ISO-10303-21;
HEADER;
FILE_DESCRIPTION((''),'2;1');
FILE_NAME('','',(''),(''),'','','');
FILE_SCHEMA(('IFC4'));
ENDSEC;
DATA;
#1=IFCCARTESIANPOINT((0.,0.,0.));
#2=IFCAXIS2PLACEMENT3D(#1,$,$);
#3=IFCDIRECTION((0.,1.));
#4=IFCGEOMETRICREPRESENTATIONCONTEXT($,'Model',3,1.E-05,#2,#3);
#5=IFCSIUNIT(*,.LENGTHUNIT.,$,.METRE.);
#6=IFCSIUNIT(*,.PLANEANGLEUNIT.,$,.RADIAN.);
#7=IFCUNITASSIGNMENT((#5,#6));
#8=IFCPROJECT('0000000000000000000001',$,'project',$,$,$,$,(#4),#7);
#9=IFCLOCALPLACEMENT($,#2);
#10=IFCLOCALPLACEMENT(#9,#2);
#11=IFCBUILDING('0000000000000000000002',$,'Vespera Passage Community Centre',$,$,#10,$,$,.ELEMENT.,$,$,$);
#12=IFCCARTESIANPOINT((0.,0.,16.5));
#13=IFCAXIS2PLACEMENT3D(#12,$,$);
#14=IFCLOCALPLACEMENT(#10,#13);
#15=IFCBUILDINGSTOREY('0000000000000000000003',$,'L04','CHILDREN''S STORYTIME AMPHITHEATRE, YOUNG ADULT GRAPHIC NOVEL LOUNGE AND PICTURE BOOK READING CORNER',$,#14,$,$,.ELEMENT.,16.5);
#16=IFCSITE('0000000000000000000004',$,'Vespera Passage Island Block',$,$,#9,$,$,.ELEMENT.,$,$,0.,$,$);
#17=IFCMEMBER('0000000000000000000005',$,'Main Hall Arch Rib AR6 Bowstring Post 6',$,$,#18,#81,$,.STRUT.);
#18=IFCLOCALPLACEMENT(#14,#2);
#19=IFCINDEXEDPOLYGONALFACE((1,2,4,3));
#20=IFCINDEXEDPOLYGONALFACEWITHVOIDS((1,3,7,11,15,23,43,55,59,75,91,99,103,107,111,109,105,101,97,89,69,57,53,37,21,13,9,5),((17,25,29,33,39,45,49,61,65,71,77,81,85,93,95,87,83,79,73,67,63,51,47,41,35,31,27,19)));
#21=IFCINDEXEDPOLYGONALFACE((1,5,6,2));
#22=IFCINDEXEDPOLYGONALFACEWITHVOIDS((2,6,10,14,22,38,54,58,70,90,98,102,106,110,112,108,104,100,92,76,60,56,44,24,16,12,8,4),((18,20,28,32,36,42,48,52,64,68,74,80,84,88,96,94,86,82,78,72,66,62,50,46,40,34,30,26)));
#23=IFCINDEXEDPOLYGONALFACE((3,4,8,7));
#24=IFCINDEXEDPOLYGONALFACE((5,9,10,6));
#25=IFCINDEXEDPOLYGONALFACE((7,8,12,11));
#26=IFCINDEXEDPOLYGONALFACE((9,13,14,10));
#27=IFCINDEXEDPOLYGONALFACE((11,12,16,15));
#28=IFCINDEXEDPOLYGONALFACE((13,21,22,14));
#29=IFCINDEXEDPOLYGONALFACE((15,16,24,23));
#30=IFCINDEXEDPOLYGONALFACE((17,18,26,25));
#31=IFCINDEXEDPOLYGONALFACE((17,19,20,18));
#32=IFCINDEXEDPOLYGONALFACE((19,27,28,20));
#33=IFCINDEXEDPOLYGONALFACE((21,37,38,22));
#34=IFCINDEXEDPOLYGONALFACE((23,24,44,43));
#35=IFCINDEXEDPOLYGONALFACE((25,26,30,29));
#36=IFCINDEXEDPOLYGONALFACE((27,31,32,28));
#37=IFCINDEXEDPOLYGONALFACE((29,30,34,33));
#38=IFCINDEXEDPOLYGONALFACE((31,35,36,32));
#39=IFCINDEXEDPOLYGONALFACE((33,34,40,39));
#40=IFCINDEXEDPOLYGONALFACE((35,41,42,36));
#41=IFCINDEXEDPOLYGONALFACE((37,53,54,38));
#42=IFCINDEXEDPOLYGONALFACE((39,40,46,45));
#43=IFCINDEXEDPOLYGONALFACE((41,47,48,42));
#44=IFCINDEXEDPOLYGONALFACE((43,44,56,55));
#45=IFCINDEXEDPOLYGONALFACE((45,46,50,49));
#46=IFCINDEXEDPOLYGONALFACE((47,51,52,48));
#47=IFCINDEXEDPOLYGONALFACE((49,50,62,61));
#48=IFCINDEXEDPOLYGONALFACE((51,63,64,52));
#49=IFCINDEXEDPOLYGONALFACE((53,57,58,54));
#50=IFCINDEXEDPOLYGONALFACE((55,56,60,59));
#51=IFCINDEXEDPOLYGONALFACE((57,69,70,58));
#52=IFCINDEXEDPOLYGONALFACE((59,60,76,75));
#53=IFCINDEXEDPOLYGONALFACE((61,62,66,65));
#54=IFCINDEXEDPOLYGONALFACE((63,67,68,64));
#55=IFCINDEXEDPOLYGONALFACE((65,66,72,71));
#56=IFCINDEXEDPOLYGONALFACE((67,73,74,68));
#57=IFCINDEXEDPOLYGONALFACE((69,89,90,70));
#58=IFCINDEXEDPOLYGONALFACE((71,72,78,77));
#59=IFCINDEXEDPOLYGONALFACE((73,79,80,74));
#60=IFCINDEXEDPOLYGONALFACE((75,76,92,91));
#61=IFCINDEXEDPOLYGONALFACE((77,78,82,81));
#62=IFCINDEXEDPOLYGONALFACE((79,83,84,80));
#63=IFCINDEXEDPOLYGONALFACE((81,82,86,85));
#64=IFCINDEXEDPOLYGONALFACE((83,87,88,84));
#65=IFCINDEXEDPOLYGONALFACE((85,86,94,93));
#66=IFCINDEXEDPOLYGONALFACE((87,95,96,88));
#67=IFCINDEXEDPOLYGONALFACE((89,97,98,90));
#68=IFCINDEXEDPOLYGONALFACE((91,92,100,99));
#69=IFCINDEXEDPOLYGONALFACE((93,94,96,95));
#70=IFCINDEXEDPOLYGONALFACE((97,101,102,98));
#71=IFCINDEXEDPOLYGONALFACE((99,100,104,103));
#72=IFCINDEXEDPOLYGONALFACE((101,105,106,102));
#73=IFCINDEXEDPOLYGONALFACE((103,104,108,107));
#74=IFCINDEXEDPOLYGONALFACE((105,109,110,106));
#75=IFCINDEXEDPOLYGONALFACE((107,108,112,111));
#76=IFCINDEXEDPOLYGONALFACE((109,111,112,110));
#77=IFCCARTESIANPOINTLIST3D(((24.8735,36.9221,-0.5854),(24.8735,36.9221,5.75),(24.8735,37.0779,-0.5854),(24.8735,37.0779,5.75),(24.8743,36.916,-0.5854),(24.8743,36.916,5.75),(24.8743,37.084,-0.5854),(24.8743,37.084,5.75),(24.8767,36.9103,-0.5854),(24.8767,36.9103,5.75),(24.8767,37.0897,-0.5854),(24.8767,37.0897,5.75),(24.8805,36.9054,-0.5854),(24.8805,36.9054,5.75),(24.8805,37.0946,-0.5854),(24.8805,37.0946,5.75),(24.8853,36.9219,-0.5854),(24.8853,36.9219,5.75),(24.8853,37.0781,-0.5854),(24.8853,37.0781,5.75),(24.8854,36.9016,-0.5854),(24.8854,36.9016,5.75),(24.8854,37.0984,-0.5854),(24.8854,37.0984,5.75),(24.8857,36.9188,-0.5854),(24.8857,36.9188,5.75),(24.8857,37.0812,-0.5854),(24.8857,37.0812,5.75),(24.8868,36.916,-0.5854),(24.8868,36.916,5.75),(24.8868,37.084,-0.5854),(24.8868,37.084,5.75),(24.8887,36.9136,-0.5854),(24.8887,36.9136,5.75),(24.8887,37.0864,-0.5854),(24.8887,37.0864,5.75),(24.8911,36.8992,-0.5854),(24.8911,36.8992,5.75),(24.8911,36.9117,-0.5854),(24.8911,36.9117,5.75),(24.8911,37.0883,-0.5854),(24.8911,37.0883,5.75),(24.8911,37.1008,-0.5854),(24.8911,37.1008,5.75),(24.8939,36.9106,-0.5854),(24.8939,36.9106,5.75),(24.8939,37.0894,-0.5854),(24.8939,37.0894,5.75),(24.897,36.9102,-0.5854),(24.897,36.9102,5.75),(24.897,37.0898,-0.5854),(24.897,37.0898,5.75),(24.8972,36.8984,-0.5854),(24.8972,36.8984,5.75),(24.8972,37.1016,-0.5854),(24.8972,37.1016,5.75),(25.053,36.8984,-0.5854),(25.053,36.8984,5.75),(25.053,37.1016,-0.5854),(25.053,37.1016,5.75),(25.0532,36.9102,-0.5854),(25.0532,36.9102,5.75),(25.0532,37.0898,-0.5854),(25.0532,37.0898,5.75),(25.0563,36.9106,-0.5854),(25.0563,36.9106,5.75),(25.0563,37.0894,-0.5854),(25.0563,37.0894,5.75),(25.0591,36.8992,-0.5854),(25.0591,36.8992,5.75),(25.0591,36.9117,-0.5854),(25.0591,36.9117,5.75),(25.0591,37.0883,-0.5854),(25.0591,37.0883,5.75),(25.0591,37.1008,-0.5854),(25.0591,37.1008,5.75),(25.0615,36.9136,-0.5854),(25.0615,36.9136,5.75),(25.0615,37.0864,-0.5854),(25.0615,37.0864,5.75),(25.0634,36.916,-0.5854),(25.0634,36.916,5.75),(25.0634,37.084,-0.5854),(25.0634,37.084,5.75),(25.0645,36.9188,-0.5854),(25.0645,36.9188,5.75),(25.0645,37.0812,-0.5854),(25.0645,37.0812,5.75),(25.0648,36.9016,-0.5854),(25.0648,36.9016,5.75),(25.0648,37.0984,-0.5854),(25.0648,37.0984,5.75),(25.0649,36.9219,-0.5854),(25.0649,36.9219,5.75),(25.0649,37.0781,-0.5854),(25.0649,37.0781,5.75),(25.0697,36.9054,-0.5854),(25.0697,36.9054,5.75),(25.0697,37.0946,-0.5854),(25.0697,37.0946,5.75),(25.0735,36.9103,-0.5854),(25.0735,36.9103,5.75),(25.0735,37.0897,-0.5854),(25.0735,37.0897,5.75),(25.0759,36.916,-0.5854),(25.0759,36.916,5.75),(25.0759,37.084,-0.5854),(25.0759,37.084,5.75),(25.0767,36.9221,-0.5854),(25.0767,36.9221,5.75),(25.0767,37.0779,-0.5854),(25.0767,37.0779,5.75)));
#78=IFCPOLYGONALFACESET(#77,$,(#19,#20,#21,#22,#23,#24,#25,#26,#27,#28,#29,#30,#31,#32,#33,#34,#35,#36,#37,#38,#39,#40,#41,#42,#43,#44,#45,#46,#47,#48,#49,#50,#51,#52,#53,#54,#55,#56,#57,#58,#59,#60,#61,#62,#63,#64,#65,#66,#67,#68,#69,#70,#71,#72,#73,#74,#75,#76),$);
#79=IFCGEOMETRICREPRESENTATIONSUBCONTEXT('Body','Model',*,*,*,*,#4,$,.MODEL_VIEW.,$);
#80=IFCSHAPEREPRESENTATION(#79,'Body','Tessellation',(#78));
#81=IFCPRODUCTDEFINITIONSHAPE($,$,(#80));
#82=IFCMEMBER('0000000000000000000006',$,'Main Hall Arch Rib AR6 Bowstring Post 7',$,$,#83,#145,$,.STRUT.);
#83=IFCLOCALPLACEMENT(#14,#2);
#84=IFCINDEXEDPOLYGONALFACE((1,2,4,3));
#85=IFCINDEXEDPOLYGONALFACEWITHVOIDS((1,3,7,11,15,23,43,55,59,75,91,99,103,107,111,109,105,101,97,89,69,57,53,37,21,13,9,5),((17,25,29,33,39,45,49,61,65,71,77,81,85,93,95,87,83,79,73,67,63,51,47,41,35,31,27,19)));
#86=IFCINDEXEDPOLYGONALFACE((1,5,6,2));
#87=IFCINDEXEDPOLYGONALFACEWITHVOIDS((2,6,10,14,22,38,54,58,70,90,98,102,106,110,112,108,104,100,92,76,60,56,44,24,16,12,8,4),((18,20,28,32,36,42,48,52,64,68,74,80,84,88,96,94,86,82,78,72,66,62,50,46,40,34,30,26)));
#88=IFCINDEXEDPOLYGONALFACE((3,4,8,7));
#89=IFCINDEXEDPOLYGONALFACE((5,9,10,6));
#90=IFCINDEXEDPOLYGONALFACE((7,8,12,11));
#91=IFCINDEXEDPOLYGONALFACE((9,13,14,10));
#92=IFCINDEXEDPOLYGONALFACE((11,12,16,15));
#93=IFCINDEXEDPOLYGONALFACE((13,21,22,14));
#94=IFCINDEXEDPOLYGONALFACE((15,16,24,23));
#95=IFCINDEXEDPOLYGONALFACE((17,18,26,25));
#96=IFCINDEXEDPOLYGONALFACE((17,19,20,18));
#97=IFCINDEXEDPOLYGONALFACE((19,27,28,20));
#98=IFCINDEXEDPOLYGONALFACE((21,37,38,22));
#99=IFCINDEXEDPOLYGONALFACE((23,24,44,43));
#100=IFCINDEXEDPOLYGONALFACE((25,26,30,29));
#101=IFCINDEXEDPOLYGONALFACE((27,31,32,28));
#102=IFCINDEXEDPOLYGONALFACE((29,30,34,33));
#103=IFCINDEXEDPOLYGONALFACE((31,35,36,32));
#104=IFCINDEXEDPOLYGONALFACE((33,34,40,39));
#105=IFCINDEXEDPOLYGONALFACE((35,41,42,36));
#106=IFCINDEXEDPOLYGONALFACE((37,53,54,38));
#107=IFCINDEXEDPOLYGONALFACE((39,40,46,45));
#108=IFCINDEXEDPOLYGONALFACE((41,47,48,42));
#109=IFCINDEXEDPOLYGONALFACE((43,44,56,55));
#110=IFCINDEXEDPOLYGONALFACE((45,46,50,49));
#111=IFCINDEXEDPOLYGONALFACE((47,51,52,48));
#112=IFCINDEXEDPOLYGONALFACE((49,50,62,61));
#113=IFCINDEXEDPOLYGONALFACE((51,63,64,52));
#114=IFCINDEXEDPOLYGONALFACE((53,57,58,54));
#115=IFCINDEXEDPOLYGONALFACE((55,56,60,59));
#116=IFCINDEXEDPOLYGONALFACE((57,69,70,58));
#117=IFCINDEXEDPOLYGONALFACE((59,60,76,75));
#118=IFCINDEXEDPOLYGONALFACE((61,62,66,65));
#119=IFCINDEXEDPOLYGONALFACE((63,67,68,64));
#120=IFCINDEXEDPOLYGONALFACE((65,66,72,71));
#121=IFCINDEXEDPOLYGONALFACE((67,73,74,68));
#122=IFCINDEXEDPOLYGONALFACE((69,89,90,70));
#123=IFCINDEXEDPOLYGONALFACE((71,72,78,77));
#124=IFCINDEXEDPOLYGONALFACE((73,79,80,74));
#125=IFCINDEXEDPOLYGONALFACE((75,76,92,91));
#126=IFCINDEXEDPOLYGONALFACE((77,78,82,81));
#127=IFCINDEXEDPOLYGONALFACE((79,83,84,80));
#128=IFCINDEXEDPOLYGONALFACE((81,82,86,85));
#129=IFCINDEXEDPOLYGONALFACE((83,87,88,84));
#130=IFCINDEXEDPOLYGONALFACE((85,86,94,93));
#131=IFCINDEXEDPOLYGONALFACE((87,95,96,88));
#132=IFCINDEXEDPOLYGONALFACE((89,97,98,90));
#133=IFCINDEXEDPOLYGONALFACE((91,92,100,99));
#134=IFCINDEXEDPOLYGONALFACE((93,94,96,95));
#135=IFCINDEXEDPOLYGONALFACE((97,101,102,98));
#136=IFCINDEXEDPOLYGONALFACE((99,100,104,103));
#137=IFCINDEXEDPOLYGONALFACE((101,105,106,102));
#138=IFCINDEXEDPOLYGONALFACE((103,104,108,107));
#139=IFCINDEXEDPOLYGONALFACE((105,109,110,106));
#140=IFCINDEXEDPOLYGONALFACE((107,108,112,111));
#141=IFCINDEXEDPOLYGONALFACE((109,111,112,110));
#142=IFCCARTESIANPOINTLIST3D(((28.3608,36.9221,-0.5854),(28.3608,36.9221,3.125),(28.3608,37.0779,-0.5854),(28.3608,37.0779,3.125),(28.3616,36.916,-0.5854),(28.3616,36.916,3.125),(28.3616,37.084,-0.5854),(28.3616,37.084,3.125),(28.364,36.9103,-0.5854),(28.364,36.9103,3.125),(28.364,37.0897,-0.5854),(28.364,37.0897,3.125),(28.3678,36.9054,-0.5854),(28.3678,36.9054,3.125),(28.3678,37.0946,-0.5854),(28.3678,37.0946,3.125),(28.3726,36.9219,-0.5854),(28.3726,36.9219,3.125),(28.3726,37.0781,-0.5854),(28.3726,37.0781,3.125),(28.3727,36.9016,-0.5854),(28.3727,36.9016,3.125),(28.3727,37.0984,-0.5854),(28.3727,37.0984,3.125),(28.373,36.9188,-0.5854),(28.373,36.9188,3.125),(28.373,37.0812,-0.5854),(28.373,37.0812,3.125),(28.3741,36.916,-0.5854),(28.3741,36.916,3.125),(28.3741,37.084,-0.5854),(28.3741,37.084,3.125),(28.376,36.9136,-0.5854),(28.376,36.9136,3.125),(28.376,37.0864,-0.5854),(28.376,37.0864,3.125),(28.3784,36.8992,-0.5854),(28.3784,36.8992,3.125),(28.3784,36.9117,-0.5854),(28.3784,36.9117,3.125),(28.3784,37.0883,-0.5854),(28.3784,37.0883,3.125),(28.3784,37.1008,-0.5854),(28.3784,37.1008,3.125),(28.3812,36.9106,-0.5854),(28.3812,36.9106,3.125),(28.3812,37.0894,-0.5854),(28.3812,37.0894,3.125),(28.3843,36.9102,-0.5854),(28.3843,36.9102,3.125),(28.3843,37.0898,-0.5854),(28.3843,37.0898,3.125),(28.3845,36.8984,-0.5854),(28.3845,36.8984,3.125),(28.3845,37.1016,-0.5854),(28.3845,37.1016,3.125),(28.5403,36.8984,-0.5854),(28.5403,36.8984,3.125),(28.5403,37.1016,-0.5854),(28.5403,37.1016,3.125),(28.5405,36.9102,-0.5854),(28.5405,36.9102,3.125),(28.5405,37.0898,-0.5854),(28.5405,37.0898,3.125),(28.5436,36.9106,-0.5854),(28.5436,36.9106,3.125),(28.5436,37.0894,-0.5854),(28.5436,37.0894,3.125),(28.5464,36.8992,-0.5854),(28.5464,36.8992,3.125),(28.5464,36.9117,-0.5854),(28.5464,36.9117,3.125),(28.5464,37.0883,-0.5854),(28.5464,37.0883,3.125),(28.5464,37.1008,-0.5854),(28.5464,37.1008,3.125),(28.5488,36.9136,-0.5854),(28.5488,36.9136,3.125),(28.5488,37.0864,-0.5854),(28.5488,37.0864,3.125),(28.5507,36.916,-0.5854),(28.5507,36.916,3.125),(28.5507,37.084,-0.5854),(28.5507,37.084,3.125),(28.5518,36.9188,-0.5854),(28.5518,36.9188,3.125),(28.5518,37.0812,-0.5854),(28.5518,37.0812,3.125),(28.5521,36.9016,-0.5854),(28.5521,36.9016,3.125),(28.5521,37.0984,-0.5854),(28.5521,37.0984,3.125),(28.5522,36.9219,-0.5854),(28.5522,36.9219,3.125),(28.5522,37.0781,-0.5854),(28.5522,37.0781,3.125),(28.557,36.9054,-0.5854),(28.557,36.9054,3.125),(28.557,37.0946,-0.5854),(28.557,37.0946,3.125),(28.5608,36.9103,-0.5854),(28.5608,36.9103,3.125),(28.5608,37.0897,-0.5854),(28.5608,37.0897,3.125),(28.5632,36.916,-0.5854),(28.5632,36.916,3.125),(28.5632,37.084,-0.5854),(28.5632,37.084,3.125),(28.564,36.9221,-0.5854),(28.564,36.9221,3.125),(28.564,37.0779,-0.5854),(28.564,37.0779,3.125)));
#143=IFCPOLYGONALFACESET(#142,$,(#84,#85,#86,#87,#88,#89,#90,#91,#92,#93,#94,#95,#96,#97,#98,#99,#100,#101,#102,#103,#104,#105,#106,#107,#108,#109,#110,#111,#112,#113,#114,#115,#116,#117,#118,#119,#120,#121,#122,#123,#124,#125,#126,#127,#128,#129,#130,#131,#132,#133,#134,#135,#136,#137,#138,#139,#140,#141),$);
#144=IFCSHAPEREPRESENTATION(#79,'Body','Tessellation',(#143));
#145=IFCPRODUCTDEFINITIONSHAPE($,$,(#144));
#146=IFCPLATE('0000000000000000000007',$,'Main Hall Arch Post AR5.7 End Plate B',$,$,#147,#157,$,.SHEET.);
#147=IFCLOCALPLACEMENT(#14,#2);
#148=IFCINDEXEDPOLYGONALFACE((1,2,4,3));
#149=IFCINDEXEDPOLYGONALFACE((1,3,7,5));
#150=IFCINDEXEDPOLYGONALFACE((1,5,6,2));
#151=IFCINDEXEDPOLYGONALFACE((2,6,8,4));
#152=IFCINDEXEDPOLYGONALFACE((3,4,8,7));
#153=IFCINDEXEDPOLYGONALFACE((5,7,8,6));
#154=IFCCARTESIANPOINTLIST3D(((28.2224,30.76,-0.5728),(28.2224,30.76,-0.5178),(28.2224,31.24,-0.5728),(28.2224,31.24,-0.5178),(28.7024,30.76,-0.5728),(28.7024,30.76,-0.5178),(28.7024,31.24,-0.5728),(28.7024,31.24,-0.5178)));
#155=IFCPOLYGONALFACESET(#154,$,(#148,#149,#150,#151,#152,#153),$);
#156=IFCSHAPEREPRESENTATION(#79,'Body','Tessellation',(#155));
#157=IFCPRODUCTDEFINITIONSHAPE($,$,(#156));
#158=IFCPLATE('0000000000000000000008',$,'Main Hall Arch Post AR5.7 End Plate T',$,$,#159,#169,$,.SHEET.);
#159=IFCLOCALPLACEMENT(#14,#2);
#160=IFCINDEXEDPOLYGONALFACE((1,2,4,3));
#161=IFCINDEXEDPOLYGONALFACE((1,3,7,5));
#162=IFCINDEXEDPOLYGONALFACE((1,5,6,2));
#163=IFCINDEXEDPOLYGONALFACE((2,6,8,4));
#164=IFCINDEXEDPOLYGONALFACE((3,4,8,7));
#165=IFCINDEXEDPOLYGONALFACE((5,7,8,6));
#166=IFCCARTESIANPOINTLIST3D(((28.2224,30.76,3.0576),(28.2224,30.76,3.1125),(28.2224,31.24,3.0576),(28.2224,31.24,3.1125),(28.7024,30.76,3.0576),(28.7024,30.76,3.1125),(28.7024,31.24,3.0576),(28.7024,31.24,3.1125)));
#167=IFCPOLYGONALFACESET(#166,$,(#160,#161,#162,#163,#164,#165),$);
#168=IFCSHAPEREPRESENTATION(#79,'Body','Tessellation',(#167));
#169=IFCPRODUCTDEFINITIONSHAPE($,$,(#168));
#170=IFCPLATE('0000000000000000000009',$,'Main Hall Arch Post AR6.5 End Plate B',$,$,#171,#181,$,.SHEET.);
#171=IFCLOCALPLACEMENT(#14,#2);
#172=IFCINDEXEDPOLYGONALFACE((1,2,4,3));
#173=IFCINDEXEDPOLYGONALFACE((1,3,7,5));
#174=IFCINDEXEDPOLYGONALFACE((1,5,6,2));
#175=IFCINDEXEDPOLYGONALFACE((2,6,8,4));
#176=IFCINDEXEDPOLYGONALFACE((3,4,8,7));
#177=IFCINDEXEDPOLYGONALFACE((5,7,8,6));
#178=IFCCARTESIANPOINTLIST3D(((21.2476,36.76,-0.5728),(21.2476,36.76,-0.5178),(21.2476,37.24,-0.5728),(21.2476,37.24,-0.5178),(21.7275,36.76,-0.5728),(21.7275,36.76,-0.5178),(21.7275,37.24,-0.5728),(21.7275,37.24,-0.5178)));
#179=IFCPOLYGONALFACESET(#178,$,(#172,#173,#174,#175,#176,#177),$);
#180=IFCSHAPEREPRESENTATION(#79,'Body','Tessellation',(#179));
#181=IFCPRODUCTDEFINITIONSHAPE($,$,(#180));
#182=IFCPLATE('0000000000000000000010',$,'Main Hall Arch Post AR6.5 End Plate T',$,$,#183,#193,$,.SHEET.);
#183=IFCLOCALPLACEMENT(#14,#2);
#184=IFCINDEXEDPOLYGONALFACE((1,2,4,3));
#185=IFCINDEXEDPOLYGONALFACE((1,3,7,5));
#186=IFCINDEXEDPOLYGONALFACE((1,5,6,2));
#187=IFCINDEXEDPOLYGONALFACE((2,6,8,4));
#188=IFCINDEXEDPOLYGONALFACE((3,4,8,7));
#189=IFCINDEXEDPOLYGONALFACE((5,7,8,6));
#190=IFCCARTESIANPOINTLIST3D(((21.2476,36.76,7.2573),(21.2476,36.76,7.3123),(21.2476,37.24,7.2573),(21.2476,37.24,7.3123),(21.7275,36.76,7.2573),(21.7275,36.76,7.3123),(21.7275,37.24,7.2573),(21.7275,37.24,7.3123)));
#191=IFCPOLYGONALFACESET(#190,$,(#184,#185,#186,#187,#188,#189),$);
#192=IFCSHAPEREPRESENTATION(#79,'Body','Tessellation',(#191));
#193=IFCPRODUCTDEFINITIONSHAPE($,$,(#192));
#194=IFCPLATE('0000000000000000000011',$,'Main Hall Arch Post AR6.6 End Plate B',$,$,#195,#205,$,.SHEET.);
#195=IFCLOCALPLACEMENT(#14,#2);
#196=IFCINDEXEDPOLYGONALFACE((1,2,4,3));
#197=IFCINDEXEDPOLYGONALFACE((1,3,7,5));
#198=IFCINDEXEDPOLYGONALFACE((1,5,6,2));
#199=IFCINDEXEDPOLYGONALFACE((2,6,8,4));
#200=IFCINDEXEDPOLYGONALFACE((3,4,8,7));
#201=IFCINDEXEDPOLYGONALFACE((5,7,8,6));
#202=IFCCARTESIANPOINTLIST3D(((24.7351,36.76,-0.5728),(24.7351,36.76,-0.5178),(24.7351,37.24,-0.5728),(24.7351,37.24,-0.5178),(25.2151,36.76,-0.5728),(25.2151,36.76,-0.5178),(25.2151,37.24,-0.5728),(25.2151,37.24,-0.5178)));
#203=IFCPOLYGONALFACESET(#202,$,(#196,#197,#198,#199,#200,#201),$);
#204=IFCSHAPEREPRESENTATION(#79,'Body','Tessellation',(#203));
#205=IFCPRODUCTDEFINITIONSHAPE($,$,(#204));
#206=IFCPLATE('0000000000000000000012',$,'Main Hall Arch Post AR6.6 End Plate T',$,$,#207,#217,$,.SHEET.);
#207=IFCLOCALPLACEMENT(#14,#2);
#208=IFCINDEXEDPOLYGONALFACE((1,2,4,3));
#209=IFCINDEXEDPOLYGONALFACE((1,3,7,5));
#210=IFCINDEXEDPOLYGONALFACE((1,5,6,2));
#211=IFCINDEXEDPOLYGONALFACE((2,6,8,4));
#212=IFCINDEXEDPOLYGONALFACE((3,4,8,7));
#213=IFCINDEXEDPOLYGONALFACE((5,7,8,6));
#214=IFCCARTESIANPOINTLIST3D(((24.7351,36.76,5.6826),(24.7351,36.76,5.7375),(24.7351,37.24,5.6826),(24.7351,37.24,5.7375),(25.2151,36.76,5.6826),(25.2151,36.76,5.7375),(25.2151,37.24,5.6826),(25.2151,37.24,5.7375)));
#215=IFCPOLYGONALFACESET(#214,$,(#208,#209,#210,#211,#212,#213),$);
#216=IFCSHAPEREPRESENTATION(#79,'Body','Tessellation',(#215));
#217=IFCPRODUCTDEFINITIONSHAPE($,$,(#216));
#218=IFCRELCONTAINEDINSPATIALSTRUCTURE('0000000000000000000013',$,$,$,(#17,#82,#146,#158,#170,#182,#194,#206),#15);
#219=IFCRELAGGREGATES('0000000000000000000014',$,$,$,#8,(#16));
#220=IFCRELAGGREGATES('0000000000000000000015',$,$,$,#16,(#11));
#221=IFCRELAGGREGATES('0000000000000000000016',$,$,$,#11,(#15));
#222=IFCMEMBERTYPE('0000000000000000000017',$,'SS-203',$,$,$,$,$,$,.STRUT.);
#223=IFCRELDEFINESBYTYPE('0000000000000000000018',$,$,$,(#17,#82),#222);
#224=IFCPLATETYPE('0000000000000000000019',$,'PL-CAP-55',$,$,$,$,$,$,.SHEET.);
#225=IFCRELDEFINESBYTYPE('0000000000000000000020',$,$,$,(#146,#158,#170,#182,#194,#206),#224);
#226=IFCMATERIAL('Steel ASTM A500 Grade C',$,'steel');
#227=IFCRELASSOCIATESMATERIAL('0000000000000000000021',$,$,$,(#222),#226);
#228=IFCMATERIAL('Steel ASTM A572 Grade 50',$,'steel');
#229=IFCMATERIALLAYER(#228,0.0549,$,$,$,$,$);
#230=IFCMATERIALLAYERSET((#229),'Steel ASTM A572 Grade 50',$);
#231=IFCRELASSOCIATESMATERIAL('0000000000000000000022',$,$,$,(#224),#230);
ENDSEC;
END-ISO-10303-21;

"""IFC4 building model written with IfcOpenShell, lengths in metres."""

from ifc_helpers import new_model, si_unit, direction, frame, origin, origin_2d, place, context, subcontext, project, spatial, rectangle, hollow_rectangle, extrude, material, layer, layer_set, material_profile, profile_set, type_object, element, save


model = new_model("IFC4")

# Units and contexts
model_context = context("Model", 3, precision=1e-05, world=origin(), true_north=direction((0.0, 1.0)))
body_context = subcontext(model_context, "Body", "Model", "MODEL_VIEW")
ifc_project = project(units=[si_unit("LENGTHUNIT", "METRE"), si_unit("PLANEANGLEUNIT", "RADIAN")], contexts=[model_context])

# Site, building, storey
site_placement = place(None, origin())
site = spatial("IfcSite", under=ifc_project, at=site_placement, Name="Vespera Passage Island Block", CompositionType="ELEMENT", RefElevation=0.0)
building_placement = place(site_placement, origin())
building = spatial("IfcBuilding", under=site, at=building_placement, Name="Vespera Passage Community Centre", CompositionType="ELEMENT")
storey_placement = place(building_placement, frame((0.0, 0.0, 16.5)))
storey = spatial("IfcBuildingStorey", under=building, at=storey_placement, Name="L04", Description="CHILDREN'S STORYTIME AMPHITHEATRE, YOUNG ADULT GRAPHIC NOVEL LOUNGE AND PICTURE BOOK READING CORNER", CompositionType="ELEMENT", Elevation=16.5)

# Members
ifc_material_1 = material(Name="Steel ASTM A500 Grade C", Category="steel")
ifc_material_profile_1 = material_profile(ifc_material_1, hollow_rectangle(XDim=0.2031, YDim=0.2031, WallThickness=0.0117, InnerFilletRadius=0.0117, OuterFilletRadius=0.0237, at=origin_2d()), Name="HSS203X203X12.7")
ifc_profile_set_1 = profile_set([ifc_material_profile_1], Name="Steel ASTM A500 Grade C")
member_type_1 = type_object("IfcMemberType", Name="SS-203", PredefinedType="STRUT", material=ifc_profile_set_1)
member_1_placement = place(storey_placement, frame((24.9751, 37.0, -0.5854), z_axis=(0.0, 0.0, 1.0), x_axis=(1.0, 0.0, 0.0)))
element("IfcMember", 1, at=member_1_placement, inside=storey, type_object=member_type_1, Name="Main Hall Arch Rib AR6 Bowstring Post 6", PredefinedType="STRUT", context=body_context, shape_type="SweptSolid", body=[
    extrude(hollow_rectangle(XDim=0.2031, YDim=0.2031, WallThickness=0.0117, InnerFilletRadius=0.0117, OuterFilletRadius=0.0237, at=origin_2d()), origin(), (0.0, 0.0, 1.0), 6.3354),
])
member_2_placement = place(storey_placement, frame((28.4624, 37.0, -0.5854), z_axis=(0.0, 0.0, 1.0), x_axis=(1.0, 0.0, 0.0)))
element("IfcMember", 2, at=member_2_placement, inside=storey, type_object=member_type_1, Name="Main Hall Arch Rib AR6 Bowstring Post 7", PredefinedType="STRUT", context=body_context, shape_type="SweptSolid", body=[
    extrude(hollow_rectangle(XDim=0.2031, YDim=0.2031, WallThickness=0.0117, InnerFilletRadius=0.0117, OuterFilletRadius=0.0237, at=origin_2d()), origin(), (0.0, 0.0, 1.0), 3.7104),
])

# Plates
ifc_material_2 = material(Name="Steel ASTM A572 Grade 50", Category="steel")
ifc_layer_1 = layer(ifc_material_2, 0.0549)
ifc_layer_set_1 = layer_set([ifc_layer_1], Name="Steel ASTM A572 Grade 50")
plate_type = type_object("IfcPlateType", Name="PL-CAP-55", PredefinedType="SHEET", material=ifc_layer_set_1)
for number, where, z_axis, x_axis, name in (
    (3, (28.4624, 31.0, -0.5728), (0.0, 0.0, 1.0), (1.0, 0.0, 0.0), "Main Hall Arch Post AR5.7 End Plate B"),
    (4, (28.4624, 31.0, 3.0576), (0.0, 0.0, 1.0), (1.0, 0.0, 0.0), "Main Hall Arch Post AR5.7 End Plate T"),
    (5, (21.4875, 37.0, -0.5728), (0.0, 0.0, 1.0), (1.0, 0.0, 0.0), "Main Hall Arch Post AR6.5 End Plate B"),
    (6, (21.4875, 37.0, 7.2573), (0.0, 0.0, 1.0), (1.0, 0.0, 0.0), "Main Hall Arch Post AR6.5 End Plate T"),
    (7, (24.9751, 37.0, -0.5728), (0.0, 0.0, 1.0), (1.0, 0.0, 0.0), "Main Hall Arch Post AR6.6 End Plate B"),
    (8, (24.9751, 37.0, 5.6826), (0.0, 0.0, 1.0), (1.0, 0.0, 0.0), "Main Hall Arch Post AR6.6 End Plate T"),
):
    element("IfcPlate", number, at=place(storey_placement, frame(where, z_axis=z_axis, x_axis=x_axis)), inside=storey, type_object=plate_type, Name=name, PredefinedType="SHEET", context=body_context, shape_type="SweptSolid", body=[
        extrude(rectangle(XDim=0.48, YDim=0.48, at=origin_2d()), origin(), (0.0, 0.0, 1.0), 0.0549),
    ])

save(model, "model.ifc")
